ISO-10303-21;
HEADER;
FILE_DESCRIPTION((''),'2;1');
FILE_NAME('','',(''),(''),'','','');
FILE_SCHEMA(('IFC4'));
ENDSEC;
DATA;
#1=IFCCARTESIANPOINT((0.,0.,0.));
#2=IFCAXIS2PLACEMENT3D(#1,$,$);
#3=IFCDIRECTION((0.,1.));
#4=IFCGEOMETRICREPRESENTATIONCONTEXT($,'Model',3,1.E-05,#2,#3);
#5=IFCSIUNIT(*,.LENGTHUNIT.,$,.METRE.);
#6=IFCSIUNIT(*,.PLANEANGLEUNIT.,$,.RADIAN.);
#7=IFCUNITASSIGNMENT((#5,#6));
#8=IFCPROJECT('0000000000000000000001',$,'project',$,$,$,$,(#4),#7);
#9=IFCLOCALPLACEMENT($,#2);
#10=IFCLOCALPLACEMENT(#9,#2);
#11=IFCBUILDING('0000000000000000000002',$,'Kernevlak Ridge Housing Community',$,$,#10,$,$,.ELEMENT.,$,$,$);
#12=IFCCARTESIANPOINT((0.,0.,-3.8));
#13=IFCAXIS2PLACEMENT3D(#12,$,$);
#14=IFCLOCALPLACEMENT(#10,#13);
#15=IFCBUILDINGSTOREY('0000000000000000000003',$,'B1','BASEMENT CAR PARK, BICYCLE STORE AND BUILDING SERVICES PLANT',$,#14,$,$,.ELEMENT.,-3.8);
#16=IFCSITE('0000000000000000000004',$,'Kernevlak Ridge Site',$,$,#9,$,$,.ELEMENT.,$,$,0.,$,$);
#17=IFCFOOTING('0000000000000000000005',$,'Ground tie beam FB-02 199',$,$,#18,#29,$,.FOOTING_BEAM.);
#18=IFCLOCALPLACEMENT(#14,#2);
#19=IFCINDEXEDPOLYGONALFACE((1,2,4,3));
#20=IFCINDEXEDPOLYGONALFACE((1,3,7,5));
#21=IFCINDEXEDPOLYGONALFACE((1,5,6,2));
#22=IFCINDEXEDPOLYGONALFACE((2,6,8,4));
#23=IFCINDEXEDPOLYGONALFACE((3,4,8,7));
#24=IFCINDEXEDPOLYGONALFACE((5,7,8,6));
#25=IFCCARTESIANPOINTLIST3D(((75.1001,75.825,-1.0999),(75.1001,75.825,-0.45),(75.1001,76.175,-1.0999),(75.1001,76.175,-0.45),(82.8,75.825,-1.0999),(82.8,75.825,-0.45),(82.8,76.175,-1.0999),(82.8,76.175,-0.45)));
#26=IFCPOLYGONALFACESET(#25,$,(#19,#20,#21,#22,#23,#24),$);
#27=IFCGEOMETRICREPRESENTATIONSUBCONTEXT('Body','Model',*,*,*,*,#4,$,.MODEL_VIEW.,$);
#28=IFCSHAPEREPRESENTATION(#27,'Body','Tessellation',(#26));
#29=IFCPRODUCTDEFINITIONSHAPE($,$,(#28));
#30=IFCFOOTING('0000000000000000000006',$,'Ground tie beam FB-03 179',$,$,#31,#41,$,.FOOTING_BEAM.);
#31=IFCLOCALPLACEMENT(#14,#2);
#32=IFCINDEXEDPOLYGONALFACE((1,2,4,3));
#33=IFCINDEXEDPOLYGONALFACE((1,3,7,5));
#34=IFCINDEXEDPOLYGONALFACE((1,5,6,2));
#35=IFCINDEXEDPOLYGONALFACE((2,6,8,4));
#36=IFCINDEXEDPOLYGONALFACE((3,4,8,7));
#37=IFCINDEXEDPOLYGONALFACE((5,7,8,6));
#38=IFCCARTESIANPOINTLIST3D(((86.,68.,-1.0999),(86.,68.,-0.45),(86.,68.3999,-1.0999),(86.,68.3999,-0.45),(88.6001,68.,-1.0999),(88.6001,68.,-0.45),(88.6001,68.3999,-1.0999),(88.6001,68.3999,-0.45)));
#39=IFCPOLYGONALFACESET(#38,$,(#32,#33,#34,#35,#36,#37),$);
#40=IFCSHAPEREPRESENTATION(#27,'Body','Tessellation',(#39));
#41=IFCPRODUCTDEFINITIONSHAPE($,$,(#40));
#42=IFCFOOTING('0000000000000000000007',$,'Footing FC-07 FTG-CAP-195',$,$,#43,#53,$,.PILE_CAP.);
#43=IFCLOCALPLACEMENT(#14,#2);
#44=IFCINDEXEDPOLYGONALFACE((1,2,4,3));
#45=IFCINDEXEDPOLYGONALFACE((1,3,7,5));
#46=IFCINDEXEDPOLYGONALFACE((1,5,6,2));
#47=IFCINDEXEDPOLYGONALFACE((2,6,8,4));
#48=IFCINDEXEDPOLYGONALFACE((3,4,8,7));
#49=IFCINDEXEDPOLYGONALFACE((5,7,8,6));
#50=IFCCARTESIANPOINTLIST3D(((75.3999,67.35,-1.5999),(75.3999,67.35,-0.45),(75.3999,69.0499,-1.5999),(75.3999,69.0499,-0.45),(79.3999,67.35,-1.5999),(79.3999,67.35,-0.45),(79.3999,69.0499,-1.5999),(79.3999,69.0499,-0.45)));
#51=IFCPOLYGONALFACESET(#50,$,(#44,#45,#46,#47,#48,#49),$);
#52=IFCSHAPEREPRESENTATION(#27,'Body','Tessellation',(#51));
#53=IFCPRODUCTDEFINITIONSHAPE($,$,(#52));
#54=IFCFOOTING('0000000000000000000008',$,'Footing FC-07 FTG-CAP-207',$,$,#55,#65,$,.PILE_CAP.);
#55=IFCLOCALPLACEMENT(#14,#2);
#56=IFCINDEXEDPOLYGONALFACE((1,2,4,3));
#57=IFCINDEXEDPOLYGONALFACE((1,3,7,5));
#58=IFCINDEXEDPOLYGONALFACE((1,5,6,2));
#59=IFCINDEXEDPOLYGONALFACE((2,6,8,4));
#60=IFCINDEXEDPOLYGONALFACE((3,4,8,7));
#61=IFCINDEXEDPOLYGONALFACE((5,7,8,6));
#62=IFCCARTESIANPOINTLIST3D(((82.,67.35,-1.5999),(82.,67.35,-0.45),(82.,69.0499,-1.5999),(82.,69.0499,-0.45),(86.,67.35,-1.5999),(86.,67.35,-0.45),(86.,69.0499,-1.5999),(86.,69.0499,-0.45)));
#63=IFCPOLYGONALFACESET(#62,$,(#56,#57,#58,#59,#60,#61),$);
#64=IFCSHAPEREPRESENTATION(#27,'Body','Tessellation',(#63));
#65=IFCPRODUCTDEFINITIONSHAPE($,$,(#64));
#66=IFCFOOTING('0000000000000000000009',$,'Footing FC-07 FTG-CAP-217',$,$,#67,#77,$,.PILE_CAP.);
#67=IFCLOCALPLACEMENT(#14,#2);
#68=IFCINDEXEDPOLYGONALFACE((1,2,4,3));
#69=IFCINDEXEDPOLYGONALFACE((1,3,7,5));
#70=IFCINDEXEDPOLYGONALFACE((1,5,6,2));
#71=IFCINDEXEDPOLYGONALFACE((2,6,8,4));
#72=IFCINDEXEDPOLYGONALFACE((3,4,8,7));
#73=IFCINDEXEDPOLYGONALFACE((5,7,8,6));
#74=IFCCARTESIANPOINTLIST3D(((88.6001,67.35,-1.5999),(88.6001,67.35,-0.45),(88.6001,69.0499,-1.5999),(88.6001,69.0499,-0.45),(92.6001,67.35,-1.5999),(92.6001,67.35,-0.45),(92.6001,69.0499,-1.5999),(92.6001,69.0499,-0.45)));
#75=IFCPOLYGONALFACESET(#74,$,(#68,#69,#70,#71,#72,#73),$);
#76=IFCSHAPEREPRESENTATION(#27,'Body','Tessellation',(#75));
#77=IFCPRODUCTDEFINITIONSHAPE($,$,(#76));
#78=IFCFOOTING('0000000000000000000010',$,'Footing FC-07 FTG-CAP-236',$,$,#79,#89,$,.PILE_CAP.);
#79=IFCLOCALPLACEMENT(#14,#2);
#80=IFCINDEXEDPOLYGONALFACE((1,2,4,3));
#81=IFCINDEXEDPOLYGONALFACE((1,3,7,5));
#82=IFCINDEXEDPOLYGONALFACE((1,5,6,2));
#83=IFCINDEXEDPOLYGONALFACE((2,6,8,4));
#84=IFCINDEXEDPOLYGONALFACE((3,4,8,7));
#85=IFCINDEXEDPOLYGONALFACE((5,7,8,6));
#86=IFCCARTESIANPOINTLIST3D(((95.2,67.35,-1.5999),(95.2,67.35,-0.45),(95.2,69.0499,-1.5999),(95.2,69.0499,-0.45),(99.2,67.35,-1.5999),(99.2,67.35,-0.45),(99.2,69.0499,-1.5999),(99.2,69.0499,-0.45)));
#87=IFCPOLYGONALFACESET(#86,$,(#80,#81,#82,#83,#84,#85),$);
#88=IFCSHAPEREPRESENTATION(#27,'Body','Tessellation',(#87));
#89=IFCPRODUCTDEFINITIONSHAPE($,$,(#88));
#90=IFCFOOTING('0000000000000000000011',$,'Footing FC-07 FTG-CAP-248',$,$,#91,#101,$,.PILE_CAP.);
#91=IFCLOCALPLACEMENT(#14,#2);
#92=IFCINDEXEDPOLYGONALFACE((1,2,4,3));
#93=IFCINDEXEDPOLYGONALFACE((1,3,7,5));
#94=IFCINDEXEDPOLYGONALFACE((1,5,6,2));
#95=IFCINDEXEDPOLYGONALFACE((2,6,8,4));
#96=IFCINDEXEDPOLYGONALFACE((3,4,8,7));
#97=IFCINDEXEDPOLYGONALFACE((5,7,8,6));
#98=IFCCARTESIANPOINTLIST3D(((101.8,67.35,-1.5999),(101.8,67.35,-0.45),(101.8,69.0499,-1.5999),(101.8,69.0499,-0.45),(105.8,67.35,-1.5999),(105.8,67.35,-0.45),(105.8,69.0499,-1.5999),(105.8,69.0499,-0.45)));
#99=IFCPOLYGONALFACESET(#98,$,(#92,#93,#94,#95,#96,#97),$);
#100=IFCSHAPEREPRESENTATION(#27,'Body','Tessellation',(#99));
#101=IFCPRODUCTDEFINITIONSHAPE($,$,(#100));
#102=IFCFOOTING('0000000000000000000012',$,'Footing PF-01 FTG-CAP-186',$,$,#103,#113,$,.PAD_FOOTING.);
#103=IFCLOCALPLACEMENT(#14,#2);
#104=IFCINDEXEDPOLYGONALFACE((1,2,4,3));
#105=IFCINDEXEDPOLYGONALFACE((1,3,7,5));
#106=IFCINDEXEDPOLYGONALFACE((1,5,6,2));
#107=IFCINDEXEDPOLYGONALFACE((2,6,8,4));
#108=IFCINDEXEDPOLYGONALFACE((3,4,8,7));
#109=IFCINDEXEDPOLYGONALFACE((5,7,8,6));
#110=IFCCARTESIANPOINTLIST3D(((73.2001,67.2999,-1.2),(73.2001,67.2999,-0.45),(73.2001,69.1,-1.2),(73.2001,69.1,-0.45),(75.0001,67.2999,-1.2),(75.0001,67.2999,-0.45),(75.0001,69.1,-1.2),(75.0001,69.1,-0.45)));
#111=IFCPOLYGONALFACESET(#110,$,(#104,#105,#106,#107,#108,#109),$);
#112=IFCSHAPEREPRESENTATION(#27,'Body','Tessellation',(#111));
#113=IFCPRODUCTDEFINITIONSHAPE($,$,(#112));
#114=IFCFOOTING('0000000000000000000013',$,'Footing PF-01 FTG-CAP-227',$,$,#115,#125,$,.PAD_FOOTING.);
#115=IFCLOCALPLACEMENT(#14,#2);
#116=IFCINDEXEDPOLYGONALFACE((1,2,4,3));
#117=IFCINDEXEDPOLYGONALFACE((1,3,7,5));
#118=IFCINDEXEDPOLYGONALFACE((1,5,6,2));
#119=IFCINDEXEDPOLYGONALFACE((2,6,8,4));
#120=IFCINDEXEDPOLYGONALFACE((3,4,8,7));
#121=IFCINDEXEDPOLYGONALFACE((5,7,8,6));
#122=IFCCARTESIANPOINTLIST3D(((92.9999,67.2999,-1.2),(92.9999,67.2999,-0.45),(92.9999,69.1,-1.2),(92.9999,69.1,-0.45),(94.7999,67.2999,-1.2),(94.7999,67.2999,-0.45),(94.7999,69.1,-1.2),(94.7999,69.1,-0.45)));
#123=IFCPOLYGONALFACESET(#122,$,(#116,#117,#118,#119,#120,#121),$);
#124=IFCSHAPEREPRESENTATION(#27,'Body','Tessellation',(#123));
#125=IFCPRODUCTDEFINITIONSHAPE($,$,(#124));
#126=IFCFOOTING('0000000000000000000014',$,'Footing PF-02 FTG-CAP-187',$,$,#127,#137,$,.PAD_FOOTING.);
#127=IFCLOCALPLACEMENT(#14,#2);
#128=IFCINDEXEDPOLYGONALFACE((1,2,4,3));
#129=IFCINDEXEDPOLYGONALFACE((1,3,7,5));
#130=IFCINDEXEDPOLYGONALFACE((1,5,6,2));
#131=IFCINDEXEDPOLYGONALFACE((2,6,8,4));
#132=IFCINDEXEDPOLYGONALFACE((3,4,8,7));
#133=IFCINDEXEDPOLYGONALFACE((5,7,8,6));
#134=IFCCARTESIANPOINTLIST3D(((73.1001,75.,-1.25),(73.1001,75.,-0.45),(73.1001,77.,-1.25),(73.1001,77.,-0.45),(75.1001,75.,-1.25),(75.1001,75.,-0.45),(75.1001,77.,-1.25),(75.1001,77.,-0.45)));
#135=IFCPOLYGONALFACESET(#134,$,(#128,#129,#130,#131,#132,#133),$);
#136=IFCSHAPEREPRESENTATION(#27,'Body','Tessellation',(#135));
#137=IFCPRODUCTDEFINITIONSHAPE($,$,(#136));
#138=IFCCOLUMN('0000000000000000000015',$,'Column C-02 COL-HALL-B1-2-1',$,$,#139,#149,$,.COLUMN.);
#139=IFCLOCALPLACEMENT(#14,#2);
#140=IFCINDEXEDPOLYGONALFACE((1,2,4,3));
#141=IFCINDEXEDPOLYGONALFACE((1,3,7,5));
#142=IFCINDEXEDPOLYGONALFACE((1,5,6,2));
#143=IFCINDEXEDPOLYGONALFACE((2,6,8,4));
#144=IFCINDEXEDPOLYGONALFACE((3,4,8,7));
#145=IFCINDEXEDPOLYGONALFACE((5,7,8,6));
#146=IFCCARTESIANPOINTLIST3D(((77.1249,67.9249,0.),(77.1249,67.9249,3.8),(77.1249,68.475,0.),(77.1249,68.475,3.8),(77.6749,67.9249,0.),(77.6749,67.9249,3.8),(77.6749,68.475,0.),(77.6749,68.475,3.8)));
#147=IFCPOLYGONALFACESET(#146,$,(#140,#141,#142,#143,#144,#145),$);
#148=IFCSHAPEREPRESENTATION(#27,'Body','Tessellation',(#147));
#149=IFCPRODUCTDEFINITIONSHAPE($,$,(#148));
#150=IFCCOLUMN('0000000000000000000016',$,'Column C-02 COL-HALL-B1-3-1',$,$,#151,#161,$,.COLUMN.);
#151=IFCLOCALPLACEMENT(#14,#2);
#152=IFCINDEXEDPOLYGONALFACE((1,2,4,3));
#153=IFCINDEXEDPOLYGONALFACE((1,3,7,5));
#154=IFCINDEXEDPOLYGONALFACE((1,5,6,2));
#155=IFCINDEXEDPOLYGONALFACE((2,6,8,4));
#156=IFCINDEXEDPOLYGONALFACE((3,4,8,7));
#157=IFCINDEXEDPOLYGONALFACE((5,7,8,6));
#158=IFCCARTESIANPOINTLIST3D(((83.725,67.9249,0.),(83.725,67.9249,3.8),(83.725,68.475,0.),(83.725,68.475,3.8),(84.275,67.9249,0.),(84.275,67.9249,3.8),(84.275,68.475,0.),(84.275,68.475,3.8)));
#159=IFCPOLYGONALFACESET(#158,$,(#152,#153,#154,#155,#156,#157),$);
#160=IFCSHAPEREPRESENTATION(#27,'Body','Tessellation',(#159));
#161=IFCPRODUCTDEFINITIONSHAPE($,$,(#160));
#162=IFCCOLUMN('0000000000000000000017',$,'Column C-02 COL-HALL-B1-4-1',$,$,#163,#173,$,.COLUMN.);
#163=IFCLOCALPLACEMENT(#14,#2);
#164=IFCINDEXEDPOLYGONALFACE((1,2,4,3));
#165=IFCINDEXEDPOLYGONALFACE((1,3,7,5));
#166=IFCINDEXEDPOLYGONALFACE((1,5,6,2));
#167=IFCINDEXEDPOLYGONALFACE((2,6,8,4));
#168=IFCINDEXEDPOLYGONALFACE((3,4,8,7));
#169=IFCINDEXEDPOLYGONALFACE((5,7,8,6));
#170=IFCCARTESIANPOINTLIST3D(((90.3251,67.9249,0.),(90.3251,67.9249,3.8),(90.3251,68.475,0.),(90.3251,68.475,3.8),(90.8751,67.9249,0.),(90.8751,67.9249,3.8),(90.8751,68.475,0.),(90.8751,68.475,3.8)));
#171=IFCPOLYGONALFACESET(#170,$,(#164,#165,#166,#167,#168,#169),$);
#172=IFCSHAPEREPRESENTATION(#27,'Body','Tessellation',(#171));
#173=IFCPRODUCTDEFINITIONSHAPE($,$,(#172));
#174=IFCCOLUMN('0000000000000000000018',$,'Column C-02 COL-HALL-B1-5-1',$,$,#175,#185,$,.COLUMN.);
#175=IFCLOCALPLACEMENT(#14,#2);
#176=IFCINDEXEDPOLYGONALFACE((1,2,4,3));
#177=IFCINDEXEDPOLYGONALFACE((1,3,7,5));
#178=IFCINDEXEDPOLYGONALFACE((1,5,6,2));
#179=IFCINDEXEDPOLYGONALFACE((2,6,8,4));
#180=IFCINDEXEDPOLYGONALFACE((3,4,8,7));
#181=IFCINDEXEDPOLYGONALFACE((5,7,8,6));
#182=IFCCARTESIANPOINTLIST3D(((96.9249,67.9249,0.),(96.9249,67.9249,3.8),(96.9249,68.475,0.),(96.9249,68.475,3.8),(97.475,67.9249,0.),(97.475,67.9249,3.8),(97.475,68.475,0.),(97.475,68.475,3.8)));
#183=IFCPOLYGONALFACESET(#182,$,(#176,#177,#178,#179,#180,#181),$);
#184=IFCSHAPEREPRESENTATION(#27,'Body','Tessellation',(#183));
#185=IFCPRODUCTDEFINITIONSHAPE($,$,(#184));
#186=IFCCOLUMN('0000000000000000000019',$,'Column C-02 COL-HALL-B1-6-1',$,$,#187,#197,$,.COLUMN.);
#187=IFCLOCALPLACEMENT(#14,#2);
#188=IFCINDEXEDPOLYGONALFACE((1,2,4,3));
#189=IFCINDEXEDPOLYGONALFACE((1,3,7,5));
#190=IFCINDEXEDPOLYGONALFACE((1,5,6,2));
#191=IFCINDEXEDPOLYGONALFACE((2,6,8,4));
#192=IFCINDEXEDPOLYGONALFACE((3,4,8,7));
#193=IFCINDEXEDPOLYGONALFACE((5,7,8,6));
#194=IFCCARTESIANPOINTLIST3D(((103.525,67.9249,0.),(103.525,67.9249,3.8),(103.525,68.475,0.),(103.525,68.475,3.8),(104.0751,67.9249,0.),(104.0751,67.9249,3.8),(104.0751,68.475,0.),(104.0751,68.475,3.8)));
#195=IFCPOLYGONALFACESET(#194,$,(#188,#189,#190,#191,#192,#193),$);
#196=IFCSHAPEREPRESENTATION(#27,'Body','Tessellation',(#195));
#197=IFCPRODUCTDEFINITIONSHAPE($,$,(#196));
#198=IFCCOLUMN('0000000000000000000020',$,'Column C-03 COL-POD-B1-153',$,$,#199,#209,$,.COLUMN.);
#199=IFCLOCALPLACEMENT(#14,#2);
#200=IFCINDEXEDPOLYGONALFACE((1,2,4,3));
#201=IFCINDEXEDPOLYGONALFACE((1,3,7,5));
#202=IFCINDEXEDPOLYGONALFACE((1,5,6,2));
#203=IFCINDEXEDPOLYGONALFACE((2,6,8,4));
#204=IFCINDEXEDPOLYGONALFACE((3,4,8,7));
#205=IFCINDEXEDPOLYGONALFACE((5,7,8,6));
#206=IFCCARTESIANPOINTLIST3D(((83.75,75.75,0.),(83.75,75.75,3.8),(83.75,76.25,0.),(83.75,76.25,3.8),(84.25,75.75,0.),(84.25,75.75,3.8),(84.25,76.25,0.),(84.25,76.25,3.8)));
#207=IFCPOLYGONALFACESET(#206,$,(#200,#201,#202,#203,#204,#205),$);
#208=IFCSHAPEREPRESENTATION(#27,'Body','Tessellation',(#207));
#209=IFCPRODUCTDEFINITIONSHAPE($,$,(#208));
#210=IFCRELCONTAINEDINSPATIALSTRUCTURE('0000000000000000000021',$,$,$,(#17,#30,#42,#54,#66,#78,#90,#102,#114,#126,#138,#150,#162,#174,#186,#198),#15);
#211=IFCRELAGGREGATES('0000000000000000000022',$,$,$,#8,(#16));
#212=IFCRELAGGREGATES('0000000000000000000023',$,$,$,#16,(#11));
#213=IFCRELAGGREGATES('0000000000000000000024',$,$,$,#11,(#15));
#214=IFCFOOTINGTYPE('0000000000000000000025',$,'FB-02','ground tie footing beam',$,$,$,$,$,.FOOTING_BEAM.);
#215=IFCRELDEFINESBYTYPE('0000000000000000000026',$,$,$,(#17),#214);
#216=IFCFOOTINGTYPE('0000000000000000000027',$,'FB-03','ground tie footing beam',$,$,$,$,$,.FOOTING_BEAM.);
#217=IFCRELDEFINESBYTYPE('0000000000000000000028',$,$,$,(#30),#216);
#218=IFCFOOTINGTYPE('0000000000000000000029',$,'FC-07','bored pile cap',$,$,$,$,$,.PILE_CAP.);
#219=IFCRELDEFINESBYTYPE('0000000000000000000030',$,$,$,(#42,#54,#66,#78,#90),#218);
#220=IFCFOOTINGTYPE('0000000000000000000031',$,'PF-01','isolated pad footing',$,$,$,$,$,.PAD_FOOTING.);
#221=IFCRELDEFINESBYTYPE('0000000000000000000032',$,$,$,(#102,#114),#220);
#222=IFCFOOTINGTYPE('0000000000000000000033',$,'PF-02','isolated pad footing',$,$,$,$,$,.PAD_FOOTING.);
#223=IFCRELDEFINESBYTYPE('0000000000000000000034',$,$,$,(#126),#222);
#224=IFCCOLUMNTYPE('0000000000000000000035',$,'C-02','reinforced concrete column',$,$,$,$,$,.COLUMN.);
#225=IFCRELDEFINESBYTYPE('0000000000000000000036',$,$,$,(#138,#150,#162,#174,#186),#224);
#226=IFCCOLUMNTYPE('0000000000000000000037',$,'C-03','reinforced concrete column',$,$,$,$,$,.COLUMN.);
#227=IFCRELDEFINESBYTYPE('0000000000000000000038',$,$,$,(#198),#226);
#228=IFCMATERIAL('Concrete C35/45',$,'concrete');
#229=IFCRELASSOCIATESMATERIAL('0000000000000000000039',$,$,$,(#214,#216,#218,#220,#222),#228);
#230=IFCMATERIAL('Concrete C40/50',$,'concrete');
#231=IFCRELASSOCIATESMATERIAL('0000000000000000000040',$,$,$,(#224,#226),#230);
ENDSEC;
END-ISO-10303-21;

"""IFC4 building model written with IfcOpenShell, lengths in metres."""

from ifc_helpers import new_model, si_unit, direction, frame, origin, origin_2d, place, context, subcontext, project, spatial, rectangle, extrude, material, material_profile, profile_set, type_object, element, save


model = new_model("IFC4")

# Units and contexts
model_context = context("Model", 3, precision=1e-05, world=origin(), true_north=direction((0.0, 1.0)))
body_context = subcontext(model_context, "Body", "Model", "MODEL_VIEW")
ifc_project = project(units=[si_unit("LENGTHUNIT", "METRE"), si_unit("PLANEANGLEUNIT", "RADIAN")], contexts=[model_context])

# Site, building, storey
site_placement = place(None, origin())
site = spatial("IfcSite", under=ifc_project, at=site_placement, Name="Kernevlak Ridge Site", CompositionType="ELEMENT", RefElevation=0.0)
building_placement = place(site_placement, origin())
building = spatial("IfcBuilding", under=site, at=building_placement, Name="Kernevlak Ridge Housing Community", CompositionType="ELEMENT")
storey_placement = place(building_placement, frame((0.0, 0.0, -3.8)))
storey = spatial("IfcBuildingStorey", under=building, at=storey_placement, Name="B1", Description="BASEMENT CAR PARK, BICYCLE STORE AND BUILDING SERVICES PLANT", CompositionType="ELEMENT", Elevation=-3.8)

# Shared definitions
ifc_material_1 = material(Name="Concrete C35/45", Category="concrete")

# Footings
ifc_material_profile_1 = material_profile(ifc_material_1, rectangle(XDim=0.3501, YDim=0.6499, at=origin_2d()), Name="RC 350x650")
ifc_profile_set_1 = profile_set([ifc_material_profile_1], Name="Concrete C35/45")
footing_type_1 = type_object("IfcFootingType", Name="FB-02", Description="ground tie footing beam", PredefinedType="FOOTING_BEAM", material=ifc_profile_set_1)
footing_1_placement = place(storey_placement, frame((75.1001, 76.0, -0.7749), z_axis=(1.0, 0.0, 0.0), x_axis=(0.0, 1.0, 0.0)))
element("IfcFooting", 1, at=footing_1_placement, inside=storey, type_object=footing_type_1, Name="Ground tie beam FB-02 199", PredefinedType="FOOTING_BEAM", context=body_context, shape_type="SweptSolid", body=[
    extrude(rectangle(XDim=0.3501, YDim=0.6499, at=origin_2d()), origin(), (0.0, 0.0, 1.0), 7.7),
])
ifc_material_profile_2 = material_profile(ifc_material_1, rectangle(XDim=0.3999, YDim=0.6499, at=origin_2d()), Name="RC 400x650")
ifc_profile_set_2 = profile_set([ifc_material_profile_2], Name="Concrete C35/45")
footing_type_2 = type_object("IfcFootingType", Name="FB-03", Description="ground tie footing beam", PredefinedType="FOOTING_BEAM", material=ifc_profile_set_2)
footing_2_placement = place(storey_placement, frame((86.0, 68.2, -0.7749), z_axis=(1.0, 0.0, 0.0), x_axis=(0.0, 1.0, 0.0)))
element("IfcFooting", 2, at=footing_2_placement, inside=storey, type_object=footing_type_2, Name="Ground tie beam FB-03 179", PredefinedType="FOOTING_BEAM", context=body_context, shape_type="SweptSolid", body=[
    extrude(rectangle(XDim=0.3999, YDim=0.6499, at=origin_2d()), origin(), (0.0, 0.0, 1.0), 2.6001),
])
footing_type_3 = type_object("IfcFootingType", Name="FC-07", Description="bored pile cap", PredefinedType="PILE_CAP", material=ifc_material_1)
for number, where, z_axis, x_axis, name in (
    (3, (77.3999, 68.2, -1.5999), (0.0, 0.0, 1.0), (1.0, 0.0, 0.0), "Footing FC-07 FTG-CAP-195"),
    (4, (84.0, 68.2, -1.5999), (0.0, 0.0, 1.0), (1.0, 0.0, 0.0), "Footing FC-07 FTG-CAP-207"),
    (5, (90.6001, 68.2, -1.5999), (0.0, 0.0, 1.0), (1.0, 0.0, 0.0), "Footing FC-07 FTG-CAP-217"),
    (6, (97.2, 68.2, -1.5999), (0.0, 0.0, 1.0), (1.0, 0.0, 0.0), "Footing FC-07 FTG-CAP-236"),
    (7, (103.8, 68.2, -1.5999), (0.0, 0.0, 1.0), (1.0, 0.0, 0.0), "Footing FC-07 FTG-CAP-248"),
):
    element("IfcFooting", number, at=place(storey_placement, frame(where, z_axis=z_axis, x_axis=x_axis)), inside=storey, type_object=footing_type_3, Name=name, PredefinedType="PILE_CAP", context=body_context, shape_type="SweptSolid", body=[
        extrude(rectangle(XDim=4.0, YDim=1.7, at=origin_2d()), origin(), (0.0, 0.0, 1.0), 1.1499),
    ])
footing_type_4 = type_object("IfcFootingType", Name="PF-01", Description="isolated pad footing", PredefinedType="PAD_FOOTING", material=ifc_material_1)
for number, where, z_axis, x_axis, name in (
    (8, (74.1001, 68.2, -1.2), (0.0, 0.0, 1.0), (1.0, 0.0, 0.0), "Footing PF-01 FTG-CAP-186"),
    (9, (93.8999, 68.2, -1.2), (0.0, 0.0, 1.0), (1.0, 0.0, 0.0), "Footing PF-01 FTG-CAP-227"),
):
    element("IfcFooting", number, at=place(storey_placement, frame(where, z_axis=z_axis, x_axis=x_axis)), inside=storey, type_object=footing_type_4, Name=name, PredefinedType="PAD_FOOTING", context=body_context, shape_type="SweptSolid", body=[
        extrude(rectangle(XDim=1.8, YDim=1.8, at=origin_2d()), origin(), (0.0, 0.0, 1.0), 0.75),
    ])
footing_type_5 = type_object("IfcFootingType", Name="PF-02", Description="isolated pad footing", PredefinedType="PAD_FOOTING", material=ifc_material_1)
footing_3_placement = place(storey_placement, frame((74.1001, 76.0, -1.25), z_axis=(0.0, 0.0, 1.0), x_axis=(1.0, 0.0, 0.0)))
element("IfcFooting", 10, at=footing_3_placement, inside=storey, type_object=footing_type_5, Name="Footing PF-02 FTG-CAP-187", PredefinedType="PAD_FOOTING", context=body_context, shape_type="SweptSolid", body=[
    extrude(rectangle(XDim=2.0, YDim=2.0, at=origin_2d()), origin(), (0.0, 0.0, 1.0), 0.8),
])

# Columns
ifc_material_2 = material(Name="Concrete C40/50", Category="concrete")
ifc_material_profile_3 = material_profile(ifc_material_2, rectangle(XDim=0.55, YDim=0.55, at=origin_2d()), Name="RC 550x550")
ifc_profile_set_3 = profile_set([ifc_material_profile_3], Name="Concrete C40/50")
column_type_1 = type_object("IfcColumnType", Name="C-02", Description="reinforced concrete column", PredefinedType="COLUMN", material=ifc_profile_set_3)
for number, where, z_axis, x_axis, name in (
    (11, (77.3999, 68.2, 0.0), (0.0, 0.0, 1.0), (1.0, 0.0, 0.0), "Column C-02 COL-HALL-B1-2-1"),
    (12, (84.0, 68.2, 0.0), (0.0, 0.0, 1.0), (1.0, 0.0, 0.0), "Column C-02 COL-HALL-B1-3-1"),
    (13, (90.6001, 68.2, 0.0), (0.0, 0.0, 1.0), (1.0, 0.0, 0.0), "Column C-02 COL-HALL-B1-4-1"),
    (14, (97.2, 68.2, 0.0), (0.0, 0.0, 1.0), (1.0, 0.0, 0.0), "Column C-02 COL-HALL-B1-5-1"),
    (15, (103.8, 68.2, 0.0), (0.0, 0.0, 1.0), (1.0, 0.0, 0.0), "Column C-02 COL-HALL-B1-6-1"),
):
    element("IfcColumn", number, at=place(storey_placement, frame(where, z_axis=z_axis, x_axis=x_axis)), inside=storey, type_object=column_type_1, Name=name, PredefinedType="COLUMN", context=body_context, shape_type="SweptSolid", body=[
        extrude(rectangle(XDim=0.55, YDim=0.55, at=origin_2d()), origin(), (0.0, 0.0, 1.0), 3.8),
    ])
ifc_material_profile_4 = material_profile(ifc_material_2, rectangle(XDim=0.5, YDim=0.5, at=origin_2d()), Name="RC 500x500")
ifc_profile_set_4 = profile_set([ifc_material_profile_4], Name="Concrete C40/50")
column_type_2 = type_object("IfcColumnType", Name="C-03", Description="reinforced concrete column", PredefinedType="COLUMN", material=ifc_profile_set_4)
for number, where, z_axis, x_axis, name in (
    (16, (84.0, 76.0, 0.0), (0.0, 0.0, 1.0), (1.0, 0.0, 0.0), "Column C-03 COL-POD-B1-153"),
):
    element("IfcColumn", number, at=place(storey_placement, frame(where, z_axis=z_axis, x_axis=x_axis)), inside=storey, type_object=column_type_2, Name=name, PredefinedType="COLUMN", context=body_context, shape_type="SweptSolid", body=[
        extrude(rectangle(XDim=0.5, YDim=0.5, at=origin_2d()), origin(), (0.0, 0.0, 1.0), 3.8),
    ])

save(model, "model.ifc")
